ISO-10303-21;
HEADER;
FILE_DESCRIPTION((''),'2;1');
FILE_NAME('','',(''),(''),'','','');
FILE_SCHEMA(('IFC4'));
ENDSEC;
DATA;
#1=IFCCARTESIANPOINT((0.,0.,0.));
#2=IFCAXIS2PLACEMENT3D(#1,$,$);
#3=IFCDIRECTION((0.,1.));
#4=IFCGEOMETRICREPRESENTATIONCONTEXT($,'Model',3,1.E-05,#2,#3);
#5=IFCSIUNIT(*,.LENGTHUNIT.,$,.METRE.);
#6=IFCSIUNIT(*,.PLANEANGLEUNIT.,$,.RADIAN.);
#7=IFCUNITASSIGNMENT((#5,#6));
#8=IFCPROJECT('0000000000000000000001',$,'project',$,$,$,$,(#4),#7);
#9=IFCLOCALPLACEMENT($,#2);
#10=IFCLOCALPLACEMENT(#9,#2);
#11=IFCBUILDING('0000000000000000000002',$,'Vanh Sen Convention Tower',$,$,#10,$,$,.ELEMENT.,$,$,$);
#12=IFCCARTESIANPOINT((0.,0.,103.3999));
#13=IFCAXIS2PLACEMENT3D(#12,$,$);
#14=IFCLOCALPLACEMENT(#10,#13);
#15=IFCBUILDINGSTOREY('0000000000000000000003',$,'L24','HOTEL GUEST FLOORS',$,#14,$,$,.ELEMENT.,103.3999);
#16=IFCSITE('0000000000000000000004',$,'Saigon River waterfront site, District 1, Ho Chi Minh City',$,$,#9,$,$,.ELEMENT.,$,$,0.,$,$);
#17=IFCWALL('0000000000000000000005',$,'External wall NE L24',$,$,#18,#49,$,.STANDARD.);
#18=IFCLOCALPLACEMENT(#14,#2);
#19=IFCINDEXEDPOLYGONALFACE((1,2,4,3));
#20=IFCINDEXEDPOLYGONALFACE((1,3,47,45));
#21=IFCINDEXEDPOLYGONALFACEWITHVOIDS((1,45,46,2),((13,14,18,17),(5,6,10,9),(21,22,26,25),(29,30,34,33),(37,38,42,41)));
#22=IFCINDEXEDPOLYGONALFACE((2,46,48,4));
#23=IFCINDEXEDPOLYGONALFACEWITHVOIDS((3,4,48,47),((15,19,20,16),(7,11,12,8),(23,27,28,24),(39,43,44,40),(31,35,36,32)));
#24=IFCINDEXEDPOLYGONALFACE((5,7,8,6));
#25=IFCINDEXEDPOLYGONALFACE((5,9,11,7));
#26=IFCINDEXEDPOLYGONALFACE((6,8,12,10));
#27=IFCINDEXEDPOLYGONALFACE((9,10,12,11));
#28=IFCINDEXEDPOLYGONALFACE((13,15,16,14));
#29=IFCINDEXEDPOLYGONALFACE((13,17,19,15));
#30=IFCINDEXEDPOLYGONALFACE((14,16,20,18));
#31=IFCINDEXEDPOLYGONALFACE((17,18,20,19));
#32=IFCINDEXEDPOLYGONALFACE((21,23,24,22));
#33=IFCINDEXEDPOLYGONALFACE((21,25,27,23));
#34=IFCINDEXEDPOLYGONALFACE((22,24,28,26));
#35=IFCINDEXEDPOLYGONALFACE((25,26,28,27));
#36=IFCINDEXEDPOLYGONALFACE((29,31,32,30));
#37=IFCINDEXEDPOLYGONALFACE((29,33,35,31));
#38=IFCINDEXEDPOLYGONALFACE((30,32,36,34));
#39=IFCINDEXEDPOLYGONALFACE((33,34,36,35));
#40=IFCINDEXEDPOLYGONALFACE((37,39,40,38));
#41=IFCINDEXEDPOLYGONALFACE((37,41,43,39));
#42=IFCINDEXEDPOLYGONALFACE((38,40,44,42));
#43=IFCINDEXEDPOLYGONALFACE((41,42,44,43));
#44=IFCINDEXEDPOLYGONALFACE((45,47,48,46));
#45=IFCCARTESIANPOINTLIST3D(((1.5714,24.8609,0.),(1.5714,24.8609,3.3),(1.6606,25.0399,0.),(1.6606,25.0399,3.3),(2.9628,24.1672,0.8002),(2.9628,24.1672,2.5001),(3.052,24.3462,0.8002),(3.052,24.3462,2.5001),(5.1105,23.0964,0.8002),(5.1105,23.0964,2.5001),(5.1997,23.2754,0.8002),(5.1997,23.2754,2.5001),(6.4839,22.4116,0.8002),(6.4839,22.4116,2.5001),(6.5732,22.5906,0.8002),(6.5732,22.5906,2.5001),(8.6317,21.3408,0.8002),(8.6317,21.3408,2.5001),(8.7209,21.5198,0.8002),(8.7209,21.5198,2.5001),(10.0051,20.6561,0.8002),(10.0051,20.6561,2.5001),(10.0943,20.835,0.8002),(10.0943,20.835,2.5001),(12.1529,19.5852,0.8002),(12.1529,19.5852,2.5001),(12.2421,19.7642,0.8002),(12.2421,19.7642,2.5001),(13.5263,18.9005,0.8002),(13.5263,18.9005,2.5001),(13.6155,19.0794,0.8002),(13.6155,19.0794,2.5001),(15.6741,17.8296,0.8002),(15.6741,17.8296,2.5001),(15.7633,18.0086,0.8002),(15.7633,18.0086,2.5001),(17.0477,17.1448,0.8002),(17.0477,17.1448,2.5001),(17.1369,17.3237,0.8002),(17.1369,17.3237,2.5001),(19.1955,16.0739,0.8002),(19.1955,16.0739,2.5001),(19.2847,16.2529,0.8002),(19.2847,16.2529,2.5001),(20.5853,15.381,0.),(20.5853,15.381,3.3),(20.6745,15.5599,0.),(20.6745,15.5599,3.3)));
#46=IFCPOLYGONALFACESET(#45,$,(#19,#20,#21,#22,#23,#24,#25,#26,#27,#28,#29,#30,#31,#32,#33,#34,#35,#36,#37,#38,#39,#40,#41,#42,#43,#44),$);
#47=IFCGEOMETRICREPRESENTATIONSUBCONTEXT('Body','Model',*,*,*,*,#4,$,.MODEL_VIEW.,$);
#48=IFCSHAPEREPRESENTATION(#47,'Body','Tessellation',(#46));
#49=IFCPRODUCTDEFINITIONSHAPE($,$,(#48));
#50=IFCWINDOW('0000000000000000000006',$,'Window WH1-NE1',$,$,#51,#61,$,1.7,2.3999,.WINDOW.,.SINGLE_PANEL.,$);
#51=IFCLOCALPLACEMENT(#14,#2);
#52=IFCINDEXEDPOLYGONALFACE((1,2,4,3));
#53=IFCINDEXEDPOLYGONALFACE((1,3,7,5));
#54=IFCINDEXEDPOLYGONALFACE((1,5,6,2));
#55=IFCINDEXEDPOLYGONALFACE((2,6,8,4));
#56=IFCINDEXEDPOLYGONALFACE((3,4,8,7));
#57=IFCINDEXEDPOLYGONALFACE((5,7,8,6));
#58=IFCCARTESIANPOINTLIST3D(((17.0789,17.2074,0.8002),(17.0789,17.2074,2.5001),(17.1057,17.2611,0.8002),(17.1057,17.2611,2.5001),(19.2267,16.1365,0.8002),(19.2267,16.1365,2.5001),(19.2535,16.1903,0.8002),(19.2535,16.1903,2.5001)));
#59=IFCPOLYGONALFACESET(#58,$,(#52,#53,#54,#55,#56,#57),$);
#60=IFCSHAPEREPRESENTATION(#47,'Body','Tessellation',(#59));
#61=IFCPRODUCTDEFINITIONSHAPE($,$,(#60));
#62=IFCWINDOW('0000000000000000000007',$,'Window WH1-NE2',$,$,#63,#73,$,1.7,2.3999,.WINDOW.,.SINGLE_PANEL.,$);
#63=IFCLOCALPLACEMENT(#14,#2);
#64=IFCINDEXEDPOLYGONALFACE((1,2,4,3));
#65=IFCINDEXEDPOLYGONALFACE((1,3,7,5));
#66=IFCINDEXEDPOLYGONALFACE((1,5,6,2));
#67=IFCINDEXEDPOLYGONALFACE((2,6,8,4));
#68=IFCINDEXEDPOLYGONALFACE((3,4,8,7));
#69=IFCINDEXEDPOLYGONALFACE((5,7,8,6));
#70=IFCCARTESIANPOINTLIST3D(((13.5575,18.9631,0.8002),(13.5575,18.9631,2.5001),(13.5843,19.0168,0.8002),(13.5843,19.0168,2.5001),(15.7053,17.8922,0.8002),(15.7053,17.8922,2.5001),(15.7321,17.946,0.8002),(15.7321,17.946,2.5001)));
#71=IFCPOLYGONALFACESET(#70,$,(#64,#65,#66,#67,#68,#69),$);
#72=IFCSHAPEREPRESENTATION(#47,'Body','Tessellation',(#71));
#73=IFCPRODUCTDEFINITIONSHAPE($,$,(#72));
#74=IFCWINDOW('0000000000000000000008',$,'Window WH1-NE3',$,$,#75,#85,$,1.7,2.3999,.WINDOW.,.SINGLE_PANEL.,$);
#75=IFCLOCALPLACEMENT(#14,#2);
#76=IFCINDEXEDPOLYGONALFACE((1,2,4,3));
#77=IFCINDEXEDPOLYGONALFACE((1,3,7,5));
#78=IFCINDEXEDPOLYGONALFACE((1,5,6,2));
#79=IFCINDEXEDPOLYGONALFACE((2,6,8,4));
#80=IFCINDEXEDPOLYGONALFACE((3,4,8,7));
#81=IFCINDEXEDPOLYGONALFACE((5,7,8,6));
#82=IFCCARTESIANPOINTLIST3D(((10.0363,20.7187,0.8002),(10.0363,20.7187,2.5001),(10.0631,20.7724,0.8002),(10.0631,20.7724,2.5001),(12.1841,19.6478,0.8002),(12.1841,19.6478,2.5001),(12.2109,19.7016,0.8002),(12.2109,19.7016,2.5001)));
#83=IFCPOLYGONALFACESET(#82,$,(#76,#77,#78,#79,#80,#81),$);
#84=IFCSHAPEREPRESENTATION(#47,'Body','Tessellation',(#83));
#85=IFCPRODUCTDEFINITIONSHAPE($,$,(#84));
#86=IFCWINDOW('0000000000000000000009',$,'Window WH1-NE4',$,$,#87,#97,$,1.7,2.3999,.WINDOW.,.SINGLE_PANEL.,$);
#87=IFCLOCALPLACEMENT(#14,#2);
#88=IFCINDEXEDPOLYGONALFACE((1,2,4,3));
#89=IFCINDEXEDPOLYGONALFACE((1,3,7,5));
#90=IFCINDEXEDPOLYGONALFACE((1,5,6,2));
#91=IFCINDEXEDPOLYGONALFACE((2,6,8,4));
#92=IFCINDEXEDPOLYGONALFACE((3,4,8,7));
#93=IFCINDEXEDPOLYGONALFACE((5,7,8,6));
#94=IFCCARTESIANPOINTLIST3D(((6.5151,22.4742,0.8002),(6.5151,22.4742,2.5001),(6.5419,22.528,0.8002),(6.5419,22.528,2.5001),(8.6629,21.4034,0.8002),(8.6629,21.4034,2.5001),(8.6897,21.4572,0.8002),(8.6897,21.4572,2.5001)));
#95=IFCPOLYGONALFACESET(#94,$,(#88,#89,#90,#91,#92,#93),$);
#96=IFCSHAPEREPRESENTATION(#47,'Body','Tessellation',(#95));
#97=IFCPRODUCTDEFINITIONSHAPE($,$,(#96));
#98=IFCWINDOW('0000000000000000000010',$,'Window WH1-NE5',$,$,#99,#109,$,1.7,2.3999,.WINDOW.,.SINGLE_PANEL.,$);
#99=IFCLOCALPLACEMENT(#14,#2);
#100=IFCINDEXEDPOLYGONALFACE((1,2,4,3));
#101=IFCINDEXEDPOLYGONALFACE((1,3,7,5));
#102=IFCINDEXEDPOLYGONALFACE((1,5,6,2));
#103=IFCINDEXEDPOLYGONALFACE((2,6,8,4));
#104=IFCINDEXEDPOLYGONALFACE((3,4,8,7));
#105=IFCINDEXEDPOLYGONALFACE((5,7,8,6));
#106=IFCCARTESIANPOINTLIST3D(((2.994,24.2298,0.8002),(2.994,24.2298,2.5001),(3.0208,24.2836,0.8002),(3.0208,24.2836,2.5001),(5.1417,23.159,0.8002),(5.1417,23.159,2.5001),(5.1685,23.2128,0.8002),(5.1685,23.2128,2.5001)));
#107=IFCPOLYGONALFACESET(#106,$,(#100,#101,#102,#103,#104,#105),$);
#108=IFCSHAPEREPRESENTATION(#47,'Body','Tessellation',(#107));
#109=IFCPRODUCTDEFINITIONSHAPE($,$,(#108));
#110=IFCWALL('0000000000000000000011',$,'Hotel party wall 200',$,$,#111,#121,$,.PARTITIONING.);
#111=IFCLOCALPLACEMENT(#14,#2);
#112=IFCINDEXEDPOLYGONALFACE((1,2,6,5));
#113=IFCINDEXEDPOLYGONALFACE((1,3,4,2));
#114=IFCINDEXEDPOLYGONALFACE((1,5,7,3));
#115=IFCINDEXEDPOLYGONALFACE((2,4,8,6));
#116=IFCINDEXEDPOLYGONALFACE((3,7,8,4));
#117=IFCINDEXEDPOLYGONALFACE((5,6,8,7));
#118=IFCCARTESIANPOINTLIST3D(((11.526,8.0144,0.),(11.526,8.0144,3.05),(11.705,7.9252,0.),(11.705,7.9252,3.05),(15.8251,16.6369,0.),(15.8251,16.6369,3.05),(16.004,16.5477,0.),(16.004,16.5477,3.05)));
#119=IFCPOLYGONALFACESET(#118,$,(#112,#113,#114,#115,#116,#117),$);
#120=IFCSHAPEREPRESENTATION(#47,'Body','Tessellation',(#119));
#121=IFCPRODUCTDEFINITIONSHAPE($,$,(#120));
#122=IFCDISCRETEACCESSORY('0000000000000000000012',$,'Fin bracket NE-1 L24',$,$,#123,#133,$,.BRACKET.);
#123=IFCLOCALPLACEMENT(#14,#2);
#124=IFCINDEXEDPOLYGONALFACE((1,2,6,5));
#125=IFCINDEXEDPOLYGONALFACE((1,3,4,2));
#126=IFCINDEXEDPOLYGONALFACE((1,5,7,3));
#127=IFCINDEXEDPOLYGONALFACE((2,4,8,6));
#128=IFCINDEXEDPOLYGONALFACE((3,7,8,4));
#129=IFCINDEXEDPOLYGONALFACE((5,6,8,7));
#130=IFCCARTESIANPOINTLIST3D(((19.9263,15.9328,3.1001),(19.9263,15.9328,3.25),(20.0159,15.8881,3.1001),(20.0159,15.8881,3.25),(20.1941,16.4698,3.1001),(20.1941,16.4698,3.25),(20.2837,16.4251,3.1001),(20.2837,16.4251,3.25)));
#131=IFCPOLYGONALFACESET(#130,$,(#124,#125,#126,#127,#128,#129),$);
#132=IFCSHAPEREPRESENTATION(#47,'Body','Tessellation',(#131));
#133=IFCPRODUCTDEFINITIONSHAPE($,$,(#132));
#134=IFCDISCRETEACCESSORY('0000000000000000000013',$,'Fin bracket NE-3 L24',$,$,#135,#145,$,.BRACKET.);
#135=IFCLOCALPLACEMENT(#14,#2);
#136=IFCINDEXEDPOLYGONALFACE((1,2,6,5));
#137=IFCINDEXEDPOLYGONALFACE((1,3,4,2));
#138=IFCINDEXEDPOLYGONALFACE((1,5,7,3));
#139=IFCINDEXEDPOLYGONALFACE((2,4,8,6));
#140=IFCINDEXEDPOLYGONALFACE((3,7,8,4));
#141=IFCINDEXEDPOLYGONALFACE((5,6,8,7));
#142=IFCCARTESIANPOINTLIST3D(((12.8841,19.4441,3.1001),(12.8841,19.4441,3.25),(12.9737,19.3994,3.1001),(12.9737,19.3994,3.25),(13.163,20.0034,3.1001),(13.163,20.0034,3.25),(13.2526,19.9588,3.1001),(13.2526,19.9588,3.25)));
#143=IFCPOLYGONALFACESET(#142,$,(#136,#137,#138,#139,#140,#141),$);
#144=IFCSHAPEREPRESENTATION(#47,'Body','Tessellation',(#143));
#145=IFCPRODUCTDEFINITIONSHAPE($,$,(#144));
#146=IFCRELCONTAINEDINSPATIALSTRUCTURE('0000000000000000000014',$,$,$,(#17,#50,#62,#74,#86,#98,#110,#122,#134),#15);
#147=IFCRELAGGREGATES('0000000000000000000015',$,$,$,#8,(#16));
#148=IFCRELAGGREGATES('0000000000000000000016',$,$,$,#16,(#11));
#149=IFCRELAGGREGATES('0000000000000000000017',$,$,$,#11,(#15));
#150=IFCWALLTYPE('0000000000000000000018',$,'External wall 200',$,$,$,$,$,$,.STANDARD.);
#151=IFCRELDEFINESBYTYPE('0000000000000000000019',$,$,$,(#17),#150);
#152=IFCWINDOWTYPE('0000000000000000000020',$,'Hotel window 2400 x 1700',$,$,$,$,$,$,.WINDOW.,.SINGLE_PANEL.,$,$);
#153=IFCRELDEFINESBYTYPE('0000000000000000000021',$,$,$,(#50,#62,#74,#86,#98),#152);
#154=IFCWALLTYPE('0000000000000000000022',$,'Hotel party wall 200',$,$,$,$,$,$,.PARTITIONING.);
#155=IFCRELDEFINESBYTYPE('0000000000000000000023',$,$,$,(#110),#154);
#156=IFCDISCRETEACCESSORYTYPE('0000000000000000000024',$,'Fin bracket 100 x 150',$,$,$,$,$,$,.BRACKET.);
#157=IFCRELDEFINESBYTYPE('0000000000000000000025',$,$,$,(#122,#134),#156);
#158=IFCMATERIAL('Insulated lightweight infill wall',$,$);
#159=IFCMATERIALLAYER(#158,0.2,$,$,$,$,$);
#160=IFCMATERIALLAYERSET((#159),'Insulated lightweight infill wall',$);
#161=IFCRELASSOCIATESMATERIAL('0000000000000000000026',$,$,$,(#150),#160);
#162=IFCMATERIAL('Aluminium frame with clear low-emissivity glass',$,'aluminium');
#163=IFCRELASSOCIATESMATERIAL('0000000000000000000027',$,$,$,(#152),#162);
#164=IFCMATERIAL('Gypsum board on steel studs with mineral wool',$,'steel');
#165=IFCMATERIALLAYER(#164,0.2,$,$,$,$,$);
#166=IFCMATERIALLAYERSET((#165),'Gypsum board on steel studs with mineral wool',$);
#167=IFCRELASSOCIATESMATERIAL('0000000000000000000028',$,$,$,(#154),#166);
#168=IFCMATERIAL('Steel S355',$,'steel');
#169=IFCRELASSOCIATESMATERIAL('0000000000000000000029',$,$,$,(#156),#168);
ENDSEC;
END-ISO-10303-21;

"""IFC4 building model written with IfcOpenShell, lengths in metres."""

from ifc_helpers import new_model, si_unit, direction, frame, frame_2d, origin, origin_2d, place, context, subcontext, project, spatial, rectangle, extrude, material, layer, layer_set, type_object, element, fill, save


model = new_model("IFC4")

# Units and contexts
model_context = context("Model", 3, precision=1e-05, world=origin(), true_north=direction((0.0, 1.0)))
body_context = subcontext(model_context, "Body", "Model", "MODEL_VIEW")
ifc_project = project(units=[si_unit("LENGTHUNIT", "METRE"), si_unit("PLANEANGLEUNIT", "RADIAN")], contexts=[model_context])

# Site, building, storey
site_placement = place(None, origin())
site = spatial("IfcSite", under=ifc_project, at=site_placement, Name="Saigon River waterfront site, District 1, Ho Chi Minh City", CompositionType="ELEMENT", RefElevation=0.0)
building_placement = place(site_placement, origin())
building = spatial("IfcBuilding", under=site, at=building_placement, Name="Vanh Sen Convention Tower", CompositionType="ELEMENT")
storey_placement = place(building_placement, frame((0.0, 0.0, 103.3999)))
storey = spatial("IfcBuildingStorey", under=building, at=storey_placement, Name="L24", Description="HOTEL GUEST FLOORS", CompositionType="ELEMENT", Elevation=103.3999)

# Shared definitions
ifc_material_1 = material(Name="Insulated lightweight infill wall")
ifc_layer_1 = layer(ifc_material_1, 0.2)
ifc_layer_set_1 = layer_set([ifc_layer_1], Name="Insulated lightweight infill wall")
wall_type_1 = type_object("IfcWallType", Name="External wall 200", PredefinedType="STANDARD", material=ifc_layer_set_1)
ifc_material_2 = material(Name="Aluminium frame with clear low-emissivity glass", Category="aluminium")

# Wall, openings, windows
wall_1_placement = place(storey_placement, frame((20.6299, 15.4705, 0.0), z_axis=(0.0, 0.0, 1.0), x_axis=(-0.894935, 0.446197, 0.0)))
wall_1 = element("IfcWall", 1, at=wall_1_placement, inside=storey, type_object=wall_type_1, Name="External wall NE L24", PredefinedType="STANDARD", context=body_context, shape_type="SweptSolid", body=[
    extrude(rectangle(XDim=21.2461, YDim=0.2, at=frame_2d((10.623, 0.0))), origin(), (0.0, 0.0, 1.0), 3.3),
])
opening_1_placement = place(wall_1_placement, frame((1.553, 0.0, 0.8)))
opening_1 = element("IfcOpeningElement", 2, at=opening_1_placement, cuts=wall_1, PredefinedType="OPENING", context=body_context, shape_type="SweptSolid", body=[
    extrude(rectangle(XDim=2.3999, YDim=1.7, at=frame_2d((1.2, 0.8501))), frame((0.0, 0.1099, 0.0), z_axis=(0.0, -1.0, 0.0), x_axis=(1.0, 0.0, 0.0)), (0.0, 0.0, 1.0), 0.22),
])
opening_2_placement = place(wall_1_placement, frame((5.4878, 0.0, 0.8)))
opening_2 = element("IfcOpeningElement", 3, at=opening_2_placement, cuts=wall_1, PredefinedType="OPENING", context=body_context, shape_type="SweptSolid", body=[
    extrude(rectangle(XDim=2.3999, YDim=1.7, at=frame_2d((1.2, 0.8501))), frame((0.0, 0.1099, 0.0), z_axis=(0.0, -1.0, 0.0), x_axis=(1.0, 0.0, 0.0)), (0.0, 0.0, 1.0), 0.22),
])
opening_3_placement = place(wall_1_placement, frame((9.4224, 0.0, 0.8)))
opening_3 = element("IfcOpeningElement", 4, at=opening_3_placement, cuts=wall_1, PredefinedType="OPENING", context=body_context, shape_type="SweptSolid", body=[
    extrude(rectangle(XDim=2.3999, YDim=1.7, at=frame_2d((1.2, 0.8501))), frame((0.0, 0.1099, 0.0), z_axis=(0.0, -1.0, 0.0), x_axis=(1.0, 0.0, 0.0)), (0.0, 0.0, 1.0), 0.22),
])
opening_4_placement = place(wall_1_placement, frame((13.3569, 0.0, 0.8)))
opening_4 = element("IfcOpeningElement", 5, at=opening_4_placement, cuts=wall_1, PredefinedType="OPENING", context=body_context, shape_type="SweptSolid", body=[
    extrude(rectangle(XDim=2.3999, YDim=1.7, at=frame_2d((1.2, 0.8501))), frame((0.0, 0.1099, 0.0), z_axis=(0.0, -1.0, 0.0), x_axis=(1.0, 0.0, 0.0)), (0.0, 0.0, 1.0), 0.22),
])
opening_5_placement = place(wall_1_placement, frame((17.2915, 0.0, 0.8)))
opening_5 = element("IfcOpeningElement", 6, at=opening_5_placement, cuts=wall_1, PredefinedType="OPENING", context=body_context, shape_type="SweptSolid", body=[
    extrude(rectangle(XDim=2.3999, YDim=1.7, at=frame_2d((1.2, 0.8501))), frame((0.0, 0.1099, 0.0), z_axis=(0.0, -1.0, 0.0), x_axis=(1.0, 0.0, 0.0)), (0.0, 0.0, 1.0), 0.22),
])
window_type_1 = type_object("IfcWindowType", Name="Hotel window 2400 x 1700", PartitioningType="SINGLE_PANEL", PredefinedType="WINDOW", material=ifc_material_2)
window_1_placement = place(opening_1_placement, origin())
window_1 = element("IfcWindow", 7, at=window_1_placement, inside=storey, type_object=window_type_1, Name="Window WH1-NE1", OverallHeight=1.7, OverallWidth=2.3999, PartitioningType="SINGLE_PANEL", PredefinedType="WINDOW", context=body_context, shape_type="SweptSolid", body=[
    extrude(rectangle(XDim=2.3999, YDim=1.7, at=frame_2d((1.2, 0.8501))), frame((0.0, 0.03, 0.0), z_axis=(0.0, -1.0, 0.0), x_axis=(1.0, 0.0, 0.0)), (0.0, 0.0, 1.0), 0.0601),
])
fill(opening_1, window_1)
window_2_placement = place(opening_2_placement, origin())
window_2 = element("IfcWindow", 8, at=window_2_placement, inside=storey, type_object=window_type_1, Name="Window WH1-NE2", OverallHeight=1.7, OverallWidth=2.3999, PartitioningType="SINGLE_PANEL", PredefinedType="WINDOW", context=body_context, shape_type="SweptSolid", body=[
    extrude(rectangle(XDim=2.3999, YDim=1.7, at=frame_2d((1.2, 0.8501))), frame((0.0, 0.03, 0.0), z_axis=(0.0, -1.0, 0.0), x_axis=(1.0, 0.0, 0.0)), (0.0, 0.0, 1.0), 0.0601),
])
fill(opening_2, window_2)
window_3_placement = place(opening_3_placement, origin())
window_3 = element("IfcWindow", 9, at=window_3_placement, inside=storey, type_object=window_type_1, Name="Window WH1-NE3", OverallHeight=1.7, OverallWidth=2.3999, PartitioningType="SINGLE_PANEL", PredefinedType="WINDOW", context=body_context, shape_type="SweptSolid", body=[
    extrude(rectangle(XDim=2.3999, YDim=1.7, at=frame_2d((1.2, 0.8501))), frame((0.0, 0.03, 0.0), z_axis=(0.0, -1.0, 0.0), x_axis=(1.0, 0.0, 0.0)), (0.0, 0.0, 1.0), 0.0601),
])
fill(opening_3, window_3)
window_4_placement = place(opening_4_placement, origin())
window_4 = element("IfcWindow", 10, at=window_4_placement, inside=storey, type_object=window_type_1, Name="Window WH1-NE4", OverallHeight=1.7, OverallWidth=2.3999, PartitioningType="SINGLE_PANEL", PredefinedType="WINDOW", context=body_context, shape_type="SweptSolid", body=[
    extrude(rectangle(XDim=2.3999, YDim=1.7, at=frame_2d((1.2, 0.8501))), frame((0.0, 0.03, 0.0), z_axis=(0.0, -1.0, 0.0), x_axis=(1.0, 0.0, 0.0)), (0.0, 0.0, 1.0), 0.0601),
])
fill(opening_4, window_4)
window_5_placement = place(opening_5_placement, origin())
window_5 = element("IfcWindow", 11, at=window_5_placement, inside=storey, type_object=window_type_1, Name="Window WH1-NE5", OverallHeight=1.7, OverallWidth=2.3999, PartitioningType="SINGLE_PANEL", PredefinedType="WINDOW", context=body_context, shape_type="SweptSolid", body=[
    extrude(rectangle(XDim=2.3999, YDim=1.7, at=frame_2d((1.2, 0.8501))), frame((0.0, 0.03, 0.0), z_axis=(0.0, -1.0, 0.0), x_axis=(1.0, 0.0, 0.0)), (0.0, 0.0, 1.0), 0.0601),
])
fill(opening_5, window_5)

# Wall
ifc_material_3 = material(Name="Gypsum board on steel studs with mineral wool", Category="steel")
ifc_layer_2 = layer(ifc_material_3, 0.2)
ifc_layer_set_2 = layer_set([ifc_layer_2], Name="Gypsum board on steel studs with mineral wool")
wall_type_2 = type_object("IfcWallType", Name="Hotel party wall 200", PredefinedType="PARTITIONING", material=ifc_layer_set_2)
wall_2_placement = place(storey_placement, frame((15.9146, 16.5923, 0.0), z_axis=(0.0, 0.0, 1.0), x_axis=(-0.4462, -0.894933, 0.0)))
element("IfcWall", 12, at=wall_2_placement, inside=storey, type_object=wall_type_2, Name="Hotel party wall 200", PredefinedType="PARTITIONING", context=body_context, shape_type="SweptSolid", body=[
    extrude(rectangle(XDim=9.6348, YDim=0.2, at=frame_2d((4.8174, 0.0))), origin(), (0.0, 0.0, 1.0), 3.05),
])

# Discrete accessories
ifc_material_4 = material(Name="Steel S355", Category="steel")
discrete_accessory_type = type_object("IfcDiscreteAccessoryType", Name="Fin bracket 100 x 150", PredefinedType="BRACKET", material=ifc_material_4)
discrete_accessory_1_placement = place(storey_placement, frame((20.105, 16.179, 3.1001), z_axis=(0.0, 0.0, 1.0), x_axis=(0.446198, 0.894934, 0.0)))
element("IfcDiscreteAccessory", 13, at=discrete_accessory_1_placement, inside=storey, type_object=discrete_accessory_type, Name="Fin bracket NE-1 L24", PredefinedType="BRACKET", context=body_context, shape_type="SweptSolid", body=[
    extrude(rectangle(XDim=0.6001, YDim=0.1001, at=origin_2d()), origin(), (0.0, 0.0, 1.0), 0.1499),
])
discrete_accessory_2_placement = place(storey_placement, frame((13.0684, 19.7014, 3.1001), z_axis=(0.0, 0.0, 1.0), x_axis=(0.446198, 0.894934, 0.0)))
element("IfcDiscreteAccessory", 14, at=discrete_accessory_2_placement, inside=storey, type_object=discrete_accessory_type, Name="Fin bracket NE-3 L24", PredefinedType="BRACKET", context=body_context, shape_type="SweptSolid", body=[
    extrude(rectangle(XDim=0.625, YDim=0.1001, at=origin_2d()), origin(), (0.0, 0.0, 1.0), 0.1499),
])

save(model, "model.ifc")
